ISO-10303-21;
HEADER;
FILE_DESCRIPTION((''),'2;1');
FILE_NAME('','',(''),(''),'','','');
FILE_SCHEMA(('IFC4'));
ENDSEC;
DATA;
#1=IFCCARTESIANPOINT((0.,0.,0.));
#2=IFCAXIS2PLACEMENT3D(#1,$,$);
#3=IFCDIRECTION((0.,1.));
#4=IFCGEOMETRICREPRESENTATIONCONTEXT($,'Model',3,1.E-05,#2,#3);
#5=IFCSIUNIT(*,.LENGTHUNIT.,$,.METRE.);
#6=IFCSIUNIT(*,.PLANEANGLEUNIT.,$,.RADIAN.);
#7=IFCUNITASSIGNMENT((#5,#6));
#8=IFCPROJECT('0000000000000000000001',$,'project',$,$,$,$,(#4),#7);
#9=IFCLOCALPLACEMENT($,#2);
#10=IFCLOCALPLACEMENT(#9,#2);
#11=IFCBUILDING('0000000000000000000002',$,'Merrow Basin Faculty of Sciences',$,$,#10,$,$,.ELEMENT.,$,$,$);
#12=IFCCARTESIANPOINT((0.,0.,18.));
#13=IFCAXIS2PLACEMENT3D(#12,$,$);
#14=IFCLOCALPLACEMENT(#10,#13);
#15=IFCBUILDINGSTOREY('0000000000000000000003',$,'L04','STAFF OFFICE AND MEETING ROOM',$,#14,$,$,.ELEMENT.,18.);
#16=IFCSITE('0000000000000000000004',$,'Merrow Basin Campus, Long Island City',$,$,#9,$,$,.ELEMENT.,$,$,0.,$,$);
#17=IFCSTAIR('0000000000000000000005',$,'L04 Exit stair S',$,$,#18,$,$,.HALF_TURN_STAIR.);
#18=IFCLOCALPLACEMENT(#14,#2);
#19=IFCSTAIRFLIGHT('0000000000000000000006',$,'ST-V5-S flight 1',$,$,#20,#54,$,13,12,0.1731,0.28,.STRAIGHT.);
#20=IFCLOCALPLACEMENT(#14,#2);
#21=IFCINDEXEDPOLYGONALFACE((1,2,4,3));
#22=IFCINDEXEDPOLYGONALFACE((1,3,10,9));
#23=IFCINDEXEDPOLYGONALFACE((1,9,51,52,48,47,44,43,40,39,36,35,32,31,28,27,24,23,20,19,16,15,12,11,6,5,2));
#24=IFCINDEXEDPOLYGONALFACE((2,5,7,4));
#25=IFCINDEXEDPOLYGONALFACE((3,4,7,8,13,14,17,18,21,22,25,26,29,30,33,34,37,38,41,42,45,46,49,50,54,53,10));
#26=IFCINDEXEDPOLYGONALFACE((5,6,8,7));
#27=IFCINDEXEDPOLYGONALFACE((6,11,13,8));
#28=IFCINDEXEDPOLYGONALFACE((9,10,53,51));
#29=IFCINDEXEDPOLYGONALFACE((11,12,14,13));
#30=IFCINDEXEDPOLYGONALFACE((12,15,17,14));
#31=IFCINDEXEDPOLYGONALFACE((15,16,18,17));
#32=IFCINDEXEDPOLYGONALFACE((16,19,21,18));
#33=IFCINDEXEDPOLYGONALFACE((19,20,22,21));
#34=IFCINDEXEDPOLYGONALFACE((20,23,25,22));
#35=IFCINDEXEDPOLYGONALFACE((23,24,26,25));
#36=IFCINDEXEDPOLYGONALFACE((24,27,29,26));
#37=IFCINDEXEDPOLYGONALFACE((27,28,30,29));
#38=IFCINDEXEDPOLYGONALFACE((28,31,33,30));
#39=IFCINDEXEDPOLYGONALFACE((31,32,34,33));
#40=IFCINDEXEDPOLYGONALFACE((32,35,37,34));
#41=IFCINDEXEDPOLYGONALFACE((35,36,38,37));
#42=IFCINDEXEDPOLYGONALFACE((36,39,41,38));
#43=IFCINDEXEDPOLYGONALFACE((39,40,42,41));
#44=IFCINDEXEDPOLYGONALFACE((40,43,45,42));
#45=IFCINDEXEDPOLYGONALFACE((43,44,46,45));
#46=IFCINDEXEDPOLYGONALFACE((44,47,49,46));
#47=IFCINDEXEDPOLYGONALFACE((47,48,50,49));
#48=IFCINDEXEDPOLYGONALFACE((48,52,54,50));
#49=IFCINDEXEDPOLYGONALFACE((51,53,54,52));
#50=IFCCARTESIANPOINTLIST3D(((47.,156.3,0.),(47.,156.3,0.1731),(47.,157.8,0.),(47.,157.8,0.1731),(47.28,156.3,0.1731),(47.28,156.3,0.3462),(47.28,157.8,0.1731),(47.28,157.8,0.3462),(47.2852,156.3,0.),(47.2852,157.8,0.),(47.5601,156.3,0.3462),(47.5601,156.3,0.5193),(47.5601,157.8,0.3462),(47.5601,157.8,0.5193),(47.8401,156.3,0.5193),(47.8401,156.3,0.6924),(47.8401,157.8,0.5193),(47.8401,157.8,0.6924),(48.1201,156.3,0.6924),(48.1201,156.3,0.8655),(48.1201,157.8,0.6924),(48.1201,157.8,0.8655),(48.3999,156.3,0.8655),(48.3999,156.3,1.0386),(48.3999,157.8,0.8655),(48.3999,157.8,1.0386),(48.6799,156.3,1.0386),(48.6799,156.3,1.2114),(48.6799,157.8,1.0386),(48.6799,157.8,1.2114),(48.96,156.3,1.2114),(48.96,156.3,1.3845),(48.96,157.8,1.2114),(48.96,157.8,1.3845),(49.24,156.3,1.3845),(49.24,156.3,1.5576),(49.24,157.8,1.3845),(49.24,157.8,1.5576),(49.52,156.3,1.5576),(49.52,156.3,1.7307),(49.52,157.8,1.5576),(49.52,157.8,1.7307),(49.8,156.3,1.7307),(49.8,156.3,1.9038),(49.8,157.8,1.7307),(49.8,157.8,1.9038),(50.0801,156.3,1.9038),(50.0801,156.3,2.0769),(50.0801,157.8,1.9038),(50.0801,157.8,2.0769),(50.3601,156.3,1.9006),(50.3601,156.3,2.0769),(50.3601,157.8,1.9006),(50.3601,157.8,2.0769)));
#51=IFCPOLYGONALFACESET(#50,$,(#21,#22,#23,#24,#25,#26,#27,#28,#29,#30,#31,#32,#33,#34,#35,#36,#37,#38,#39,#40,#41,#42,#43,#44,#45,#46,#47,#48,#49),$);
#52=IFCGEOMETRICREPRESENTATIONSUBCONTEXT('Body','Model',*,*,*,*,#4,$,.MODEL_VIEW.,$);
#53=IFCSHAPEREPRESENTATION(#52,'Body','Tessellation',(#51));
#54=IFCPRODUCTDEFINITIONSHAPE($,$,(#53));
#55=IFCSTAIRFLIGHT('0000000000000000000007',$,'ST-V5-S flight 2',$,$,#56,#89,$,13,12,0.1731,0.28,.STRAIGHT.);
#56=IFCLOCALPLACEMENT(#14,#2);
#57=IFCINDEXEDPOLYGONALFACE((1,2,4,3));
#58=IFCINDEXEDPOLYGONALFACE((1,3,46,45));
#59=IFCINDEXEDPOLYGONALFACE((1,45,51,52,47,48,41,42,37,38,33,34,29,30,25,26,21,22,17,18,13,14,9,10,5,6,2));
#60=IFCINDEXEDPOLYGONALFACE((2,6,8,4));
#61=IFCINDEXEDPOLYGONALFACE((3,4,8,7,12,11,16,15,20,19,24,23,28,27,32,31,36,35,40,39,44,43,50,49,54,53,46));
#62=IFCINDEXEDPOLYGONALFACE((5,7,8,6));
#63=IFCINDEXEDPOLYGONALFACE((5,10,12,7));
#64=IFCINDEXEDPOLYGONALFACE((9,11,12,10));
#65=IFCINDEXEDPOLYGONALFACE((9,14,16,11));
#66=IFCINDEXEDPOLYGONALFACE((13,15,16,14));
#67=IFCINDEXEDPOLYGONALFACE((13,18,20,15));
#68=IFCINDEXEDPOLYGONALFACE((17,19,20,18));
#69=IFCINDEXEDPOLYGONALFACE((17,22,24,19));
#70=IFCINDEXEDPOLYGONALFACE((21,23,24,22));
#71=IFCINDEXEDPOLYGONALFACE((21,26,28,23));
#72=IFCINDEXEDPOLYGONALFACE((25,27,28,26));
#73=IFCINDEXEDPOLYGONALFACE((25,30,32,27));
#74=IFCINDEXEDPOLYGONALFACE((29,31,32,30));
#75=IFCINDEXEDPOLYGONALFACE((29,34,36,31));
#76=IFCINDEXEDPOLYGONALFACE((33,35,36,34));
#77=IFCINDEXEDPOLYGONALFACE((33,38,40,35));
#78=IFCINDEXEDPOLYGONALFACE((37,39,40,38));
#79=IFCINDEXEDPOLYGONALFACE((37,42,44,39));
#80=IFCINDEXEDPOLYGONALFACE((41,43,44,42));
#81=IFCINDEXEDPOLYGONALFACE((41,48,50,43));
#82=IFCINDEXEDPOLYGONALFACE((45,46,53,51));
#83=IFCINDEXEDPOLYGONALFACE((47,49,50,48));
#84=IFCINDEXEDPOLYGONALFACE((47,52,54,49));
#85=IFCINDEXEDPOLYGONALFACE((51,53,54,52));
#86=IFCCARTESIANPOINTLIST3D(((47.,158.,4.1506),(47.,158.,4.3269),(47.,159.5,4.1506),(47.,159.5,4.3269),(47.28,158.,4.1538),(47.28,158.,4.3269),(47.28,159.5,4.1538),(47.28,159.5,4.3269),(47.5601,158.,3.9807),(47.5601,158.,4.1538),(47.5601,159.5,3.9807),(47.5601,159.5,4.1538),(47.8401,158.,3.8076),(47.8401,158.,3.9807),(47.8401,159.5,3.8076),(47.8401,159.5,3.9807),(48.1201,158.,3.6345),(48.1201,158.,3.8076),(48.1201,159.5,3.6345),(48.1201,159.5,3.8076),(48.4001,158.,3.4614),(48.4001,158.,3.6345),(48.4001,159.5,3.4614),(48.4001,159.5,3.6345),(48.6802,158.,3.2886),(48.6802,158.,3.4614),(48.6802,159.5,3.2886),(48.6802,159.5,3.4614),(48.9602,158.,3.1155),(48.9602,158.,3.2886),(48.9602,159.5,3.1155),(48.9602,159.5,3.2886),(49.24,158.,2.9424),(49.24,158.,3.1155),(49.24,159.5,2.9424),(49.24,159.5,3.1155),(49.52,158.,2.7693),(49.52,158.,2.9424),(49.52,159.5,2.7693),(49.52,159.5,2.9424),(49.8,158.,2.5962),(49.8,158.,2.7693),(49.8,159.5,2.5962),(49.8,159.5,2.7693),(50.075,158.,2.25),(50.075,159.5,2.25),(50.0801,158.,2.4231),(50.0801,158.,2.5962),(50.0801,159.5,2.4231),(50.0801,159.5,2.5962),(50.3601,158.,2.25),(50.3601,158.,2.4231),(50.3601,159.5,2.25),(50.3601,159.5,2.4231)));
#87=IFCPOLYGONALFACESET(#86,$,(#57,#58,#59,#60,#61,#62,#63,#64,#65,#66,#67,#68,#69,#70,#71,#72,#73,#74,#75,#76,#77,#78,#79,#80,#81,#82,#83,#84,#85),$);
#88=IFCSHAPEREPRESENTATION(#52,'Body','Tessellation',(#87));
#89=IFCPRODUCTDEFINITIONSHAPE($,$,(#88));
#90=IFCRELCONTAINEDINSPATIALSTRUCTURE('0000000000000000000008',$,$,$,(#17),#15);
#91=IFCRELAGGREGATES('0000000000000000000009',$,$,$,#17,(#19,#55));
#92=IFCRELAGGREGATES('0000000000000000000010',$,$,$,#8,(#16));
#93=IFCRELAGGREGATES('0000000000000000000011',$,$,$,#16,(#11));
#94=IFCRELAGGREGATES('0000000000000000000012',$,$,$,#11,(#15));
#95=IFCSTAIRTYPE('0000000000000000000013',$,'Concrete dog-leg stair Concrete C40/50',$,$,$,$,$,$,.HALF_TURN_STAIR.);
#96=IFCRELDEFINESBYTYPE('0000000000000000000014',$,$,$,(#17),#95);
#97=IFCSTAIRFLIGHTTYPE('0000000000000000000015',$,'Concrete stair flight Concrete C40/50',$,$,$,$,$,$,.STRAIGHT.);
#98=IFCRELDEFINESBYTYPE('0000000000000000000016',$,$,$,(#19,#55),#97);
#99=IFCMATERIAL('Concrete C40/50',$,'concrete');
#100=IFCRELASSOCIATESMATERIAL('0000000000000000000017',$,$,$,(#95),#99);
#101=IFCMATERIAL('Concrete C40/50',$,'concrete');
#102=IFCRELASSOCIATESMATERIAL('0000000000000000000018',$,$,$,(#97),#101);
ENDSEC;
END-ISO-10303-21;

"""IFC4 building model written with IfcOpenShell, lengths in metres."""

from ifc_helpers import new_model, si_unit, direction, frame, origin, place, context, subcontext, project, spatial, polyline, outline, extrude, material, type_object, element, aggregate, save


model = new_model("IFC4")

# Units and contexts
model_context = context("Model", 3, precision=1e-05, world=origin(), true_north=direction((0.0, 1.0)))
body_context = subcontext(model_context, "Body", "Model", "MODEL_VIEW")
ifc_project = project(units=[si_unit("LENGTHUNIT", "METRE"), si_unit("PLANEANGLEUNIT", "RADIAN")], contexts=[model_context])

# Site, building, storey
site_placement = place(None, origin())
site = spatial("IfcSite", under=ifc_project, at=site_placement, Name="Merrow Basin Campus, Long Island City", CompositionType="ELEMENT", RefElevation=0.0)
building_placement = place(site_placement, origin())
building = spatial("IfcBuilding", under=site, at=building_placement, Name="Merrow Basin Faculty of Sciences", CompositionType="ELEMENT")
storey_placement = place(building_placement, frame((0.0, 0.0, 18.0)))
storey = spatial("IfcBuildingStorey", under=building, at=storey_placement, Name="L04", Description="STAFF OFFICE AND MEETING ROOM", CompositionType="ELEMENT", Elevation=18.0)

# Stair, stair flights
ifc_material_1 = material(Name="Concrete C40/50", Category="concrete")
stair_type = type_object("IfcStairType", Name="Concrete dog-leg stair Concrete C40/50", PredefinedType="HALF_TURN_STAIR", material=ifc_material_1)
stair_placement = place(storey_placement, origin())
stair = element("IfcStair", 1, at=stair_placement, inside=storey, type_object=stair_type, Name="L04 Exit stair S", PredefinedType="HALF_TURN_STAIR")
ifc_material_2 = material(Name="Concrete C40/50", Category="concrete")
stair_flight_type = type_object("IfcStairFlightType", Name="Concrete stair flight Concrete C40/50", PredefinedType="STRAIGHT", material=ifc_material_2)
stair_flight_1_placement = place(storey_placement, frame((47.0, 157.05, 0.0), z_axis=(0.0, 0.0, 1.0), x_axis=(1.0, 0.0, 0.0)))
stair_flight_1 = element("IfcStairFlight", 2, at=stair_flight_1_placement, type_object=stair_flight_type, Name="ST-V5-S flight 1", NumberOfRisers=13, NumberOfTreads=12, PredefinedType="STRAIGHT", RiserHeight=0.1731, TreadLength=0.28, context=body_context, shape_type="SweptSolid", body=[
    extrude(outline(polyline([(0.0, 0.0), (0.0, 0.1731), (0.28, 0.1731), (0.28, 0.3462), (0.5601, 0.3462), (0.5601, 0.5193), (0.8401, 0.5193), (0.8401, 0.6924), (1.1201, 0.6924), (1.1201, 0.8655), (1.3999, 0.8655), (1.3999, 1.0386), (1.6799, 1.0386), (1.6799, 1.2114), (1.96, 1.2114), (1.96, 1.3845), (2.24, 1.3845), (2.24, 1.5576), (2.52, 1.5576), (2.52, 1.7307), (2.8, 1.7307), (2.8, 1.9038), (3.0801, 1.9038), (3.0801, 2.0769), (3.3601, 2.0769), (3.3601, 2.25), (3.3601, 1.9006), (0.2852, 0.0), (0.0, 0.0)])), frame((0.0, 0.75, 0.0), z_axis=(0.0, -1.0, 0.0), x_axis=(1.0, 0.0, 0.0)), (0.0, 0.0, 1.0), 1.5),
])
stair_flight_2_placement = place(storey_placement, frame((50.3601, 158.75, 2.25), z_axis=(0.0, 0.0, 1.0), x_axis=(-1.0, 0.0, 0.0)))
stair_flight_2 = element("IfcStairFlight", 3, at=stair_flight_2_placement, type_object=stair_flight_type, Name="ST-V5-S flight 2", NumberOfRisers=13, NumberOfTreads=12, PredefinedType="STRAIGHT", RiserHeight=0.1731, TreadLength=0.28, context=body_context, shape_type="SweptSolid", body=[
    extrude(outline(polyline([(0.0, 0.0), (0.0, 0.1731), (0.28, 0.1731), (0.28, 0.3462), (0.5601, 0.3462), (0.5601, 0.5193), (0.8401, 0.5193), (0.8401, 0.6924), (1.1201, 0.6924), (1.1201, 0.8655), (1.3999, 0.8655), (1.3999, 1.0386), (1.6799, 1.0386), (1.6799, 1.2114), (1.96, 1.2114), (1.96, 1.3845), (2.24, 1.3845), (2.24, 1.5576), (2.52, 1.5576), (2.52, 1.7307), (2.8, 1.7307), (2.8, 1.9038), (3.0801, 1.9038), (3.0801, 2.0769), (3.3601, 2.0769), (3.3601, 2.25), (3.3601, 1.9006), (0.2852, 0.0), (0.0, 0.0)])), frame((0.0, 0.75, 0.0), z_axis=(0.0, -1.0, 0.0), x_axis=(1.0, 0.0, 0.0)), (0.0, 0.0, 1.0), 1.5),
])
aggregate(stair, [stair_flight_1, stair_flight_2])

save(model, "model.ifc")
